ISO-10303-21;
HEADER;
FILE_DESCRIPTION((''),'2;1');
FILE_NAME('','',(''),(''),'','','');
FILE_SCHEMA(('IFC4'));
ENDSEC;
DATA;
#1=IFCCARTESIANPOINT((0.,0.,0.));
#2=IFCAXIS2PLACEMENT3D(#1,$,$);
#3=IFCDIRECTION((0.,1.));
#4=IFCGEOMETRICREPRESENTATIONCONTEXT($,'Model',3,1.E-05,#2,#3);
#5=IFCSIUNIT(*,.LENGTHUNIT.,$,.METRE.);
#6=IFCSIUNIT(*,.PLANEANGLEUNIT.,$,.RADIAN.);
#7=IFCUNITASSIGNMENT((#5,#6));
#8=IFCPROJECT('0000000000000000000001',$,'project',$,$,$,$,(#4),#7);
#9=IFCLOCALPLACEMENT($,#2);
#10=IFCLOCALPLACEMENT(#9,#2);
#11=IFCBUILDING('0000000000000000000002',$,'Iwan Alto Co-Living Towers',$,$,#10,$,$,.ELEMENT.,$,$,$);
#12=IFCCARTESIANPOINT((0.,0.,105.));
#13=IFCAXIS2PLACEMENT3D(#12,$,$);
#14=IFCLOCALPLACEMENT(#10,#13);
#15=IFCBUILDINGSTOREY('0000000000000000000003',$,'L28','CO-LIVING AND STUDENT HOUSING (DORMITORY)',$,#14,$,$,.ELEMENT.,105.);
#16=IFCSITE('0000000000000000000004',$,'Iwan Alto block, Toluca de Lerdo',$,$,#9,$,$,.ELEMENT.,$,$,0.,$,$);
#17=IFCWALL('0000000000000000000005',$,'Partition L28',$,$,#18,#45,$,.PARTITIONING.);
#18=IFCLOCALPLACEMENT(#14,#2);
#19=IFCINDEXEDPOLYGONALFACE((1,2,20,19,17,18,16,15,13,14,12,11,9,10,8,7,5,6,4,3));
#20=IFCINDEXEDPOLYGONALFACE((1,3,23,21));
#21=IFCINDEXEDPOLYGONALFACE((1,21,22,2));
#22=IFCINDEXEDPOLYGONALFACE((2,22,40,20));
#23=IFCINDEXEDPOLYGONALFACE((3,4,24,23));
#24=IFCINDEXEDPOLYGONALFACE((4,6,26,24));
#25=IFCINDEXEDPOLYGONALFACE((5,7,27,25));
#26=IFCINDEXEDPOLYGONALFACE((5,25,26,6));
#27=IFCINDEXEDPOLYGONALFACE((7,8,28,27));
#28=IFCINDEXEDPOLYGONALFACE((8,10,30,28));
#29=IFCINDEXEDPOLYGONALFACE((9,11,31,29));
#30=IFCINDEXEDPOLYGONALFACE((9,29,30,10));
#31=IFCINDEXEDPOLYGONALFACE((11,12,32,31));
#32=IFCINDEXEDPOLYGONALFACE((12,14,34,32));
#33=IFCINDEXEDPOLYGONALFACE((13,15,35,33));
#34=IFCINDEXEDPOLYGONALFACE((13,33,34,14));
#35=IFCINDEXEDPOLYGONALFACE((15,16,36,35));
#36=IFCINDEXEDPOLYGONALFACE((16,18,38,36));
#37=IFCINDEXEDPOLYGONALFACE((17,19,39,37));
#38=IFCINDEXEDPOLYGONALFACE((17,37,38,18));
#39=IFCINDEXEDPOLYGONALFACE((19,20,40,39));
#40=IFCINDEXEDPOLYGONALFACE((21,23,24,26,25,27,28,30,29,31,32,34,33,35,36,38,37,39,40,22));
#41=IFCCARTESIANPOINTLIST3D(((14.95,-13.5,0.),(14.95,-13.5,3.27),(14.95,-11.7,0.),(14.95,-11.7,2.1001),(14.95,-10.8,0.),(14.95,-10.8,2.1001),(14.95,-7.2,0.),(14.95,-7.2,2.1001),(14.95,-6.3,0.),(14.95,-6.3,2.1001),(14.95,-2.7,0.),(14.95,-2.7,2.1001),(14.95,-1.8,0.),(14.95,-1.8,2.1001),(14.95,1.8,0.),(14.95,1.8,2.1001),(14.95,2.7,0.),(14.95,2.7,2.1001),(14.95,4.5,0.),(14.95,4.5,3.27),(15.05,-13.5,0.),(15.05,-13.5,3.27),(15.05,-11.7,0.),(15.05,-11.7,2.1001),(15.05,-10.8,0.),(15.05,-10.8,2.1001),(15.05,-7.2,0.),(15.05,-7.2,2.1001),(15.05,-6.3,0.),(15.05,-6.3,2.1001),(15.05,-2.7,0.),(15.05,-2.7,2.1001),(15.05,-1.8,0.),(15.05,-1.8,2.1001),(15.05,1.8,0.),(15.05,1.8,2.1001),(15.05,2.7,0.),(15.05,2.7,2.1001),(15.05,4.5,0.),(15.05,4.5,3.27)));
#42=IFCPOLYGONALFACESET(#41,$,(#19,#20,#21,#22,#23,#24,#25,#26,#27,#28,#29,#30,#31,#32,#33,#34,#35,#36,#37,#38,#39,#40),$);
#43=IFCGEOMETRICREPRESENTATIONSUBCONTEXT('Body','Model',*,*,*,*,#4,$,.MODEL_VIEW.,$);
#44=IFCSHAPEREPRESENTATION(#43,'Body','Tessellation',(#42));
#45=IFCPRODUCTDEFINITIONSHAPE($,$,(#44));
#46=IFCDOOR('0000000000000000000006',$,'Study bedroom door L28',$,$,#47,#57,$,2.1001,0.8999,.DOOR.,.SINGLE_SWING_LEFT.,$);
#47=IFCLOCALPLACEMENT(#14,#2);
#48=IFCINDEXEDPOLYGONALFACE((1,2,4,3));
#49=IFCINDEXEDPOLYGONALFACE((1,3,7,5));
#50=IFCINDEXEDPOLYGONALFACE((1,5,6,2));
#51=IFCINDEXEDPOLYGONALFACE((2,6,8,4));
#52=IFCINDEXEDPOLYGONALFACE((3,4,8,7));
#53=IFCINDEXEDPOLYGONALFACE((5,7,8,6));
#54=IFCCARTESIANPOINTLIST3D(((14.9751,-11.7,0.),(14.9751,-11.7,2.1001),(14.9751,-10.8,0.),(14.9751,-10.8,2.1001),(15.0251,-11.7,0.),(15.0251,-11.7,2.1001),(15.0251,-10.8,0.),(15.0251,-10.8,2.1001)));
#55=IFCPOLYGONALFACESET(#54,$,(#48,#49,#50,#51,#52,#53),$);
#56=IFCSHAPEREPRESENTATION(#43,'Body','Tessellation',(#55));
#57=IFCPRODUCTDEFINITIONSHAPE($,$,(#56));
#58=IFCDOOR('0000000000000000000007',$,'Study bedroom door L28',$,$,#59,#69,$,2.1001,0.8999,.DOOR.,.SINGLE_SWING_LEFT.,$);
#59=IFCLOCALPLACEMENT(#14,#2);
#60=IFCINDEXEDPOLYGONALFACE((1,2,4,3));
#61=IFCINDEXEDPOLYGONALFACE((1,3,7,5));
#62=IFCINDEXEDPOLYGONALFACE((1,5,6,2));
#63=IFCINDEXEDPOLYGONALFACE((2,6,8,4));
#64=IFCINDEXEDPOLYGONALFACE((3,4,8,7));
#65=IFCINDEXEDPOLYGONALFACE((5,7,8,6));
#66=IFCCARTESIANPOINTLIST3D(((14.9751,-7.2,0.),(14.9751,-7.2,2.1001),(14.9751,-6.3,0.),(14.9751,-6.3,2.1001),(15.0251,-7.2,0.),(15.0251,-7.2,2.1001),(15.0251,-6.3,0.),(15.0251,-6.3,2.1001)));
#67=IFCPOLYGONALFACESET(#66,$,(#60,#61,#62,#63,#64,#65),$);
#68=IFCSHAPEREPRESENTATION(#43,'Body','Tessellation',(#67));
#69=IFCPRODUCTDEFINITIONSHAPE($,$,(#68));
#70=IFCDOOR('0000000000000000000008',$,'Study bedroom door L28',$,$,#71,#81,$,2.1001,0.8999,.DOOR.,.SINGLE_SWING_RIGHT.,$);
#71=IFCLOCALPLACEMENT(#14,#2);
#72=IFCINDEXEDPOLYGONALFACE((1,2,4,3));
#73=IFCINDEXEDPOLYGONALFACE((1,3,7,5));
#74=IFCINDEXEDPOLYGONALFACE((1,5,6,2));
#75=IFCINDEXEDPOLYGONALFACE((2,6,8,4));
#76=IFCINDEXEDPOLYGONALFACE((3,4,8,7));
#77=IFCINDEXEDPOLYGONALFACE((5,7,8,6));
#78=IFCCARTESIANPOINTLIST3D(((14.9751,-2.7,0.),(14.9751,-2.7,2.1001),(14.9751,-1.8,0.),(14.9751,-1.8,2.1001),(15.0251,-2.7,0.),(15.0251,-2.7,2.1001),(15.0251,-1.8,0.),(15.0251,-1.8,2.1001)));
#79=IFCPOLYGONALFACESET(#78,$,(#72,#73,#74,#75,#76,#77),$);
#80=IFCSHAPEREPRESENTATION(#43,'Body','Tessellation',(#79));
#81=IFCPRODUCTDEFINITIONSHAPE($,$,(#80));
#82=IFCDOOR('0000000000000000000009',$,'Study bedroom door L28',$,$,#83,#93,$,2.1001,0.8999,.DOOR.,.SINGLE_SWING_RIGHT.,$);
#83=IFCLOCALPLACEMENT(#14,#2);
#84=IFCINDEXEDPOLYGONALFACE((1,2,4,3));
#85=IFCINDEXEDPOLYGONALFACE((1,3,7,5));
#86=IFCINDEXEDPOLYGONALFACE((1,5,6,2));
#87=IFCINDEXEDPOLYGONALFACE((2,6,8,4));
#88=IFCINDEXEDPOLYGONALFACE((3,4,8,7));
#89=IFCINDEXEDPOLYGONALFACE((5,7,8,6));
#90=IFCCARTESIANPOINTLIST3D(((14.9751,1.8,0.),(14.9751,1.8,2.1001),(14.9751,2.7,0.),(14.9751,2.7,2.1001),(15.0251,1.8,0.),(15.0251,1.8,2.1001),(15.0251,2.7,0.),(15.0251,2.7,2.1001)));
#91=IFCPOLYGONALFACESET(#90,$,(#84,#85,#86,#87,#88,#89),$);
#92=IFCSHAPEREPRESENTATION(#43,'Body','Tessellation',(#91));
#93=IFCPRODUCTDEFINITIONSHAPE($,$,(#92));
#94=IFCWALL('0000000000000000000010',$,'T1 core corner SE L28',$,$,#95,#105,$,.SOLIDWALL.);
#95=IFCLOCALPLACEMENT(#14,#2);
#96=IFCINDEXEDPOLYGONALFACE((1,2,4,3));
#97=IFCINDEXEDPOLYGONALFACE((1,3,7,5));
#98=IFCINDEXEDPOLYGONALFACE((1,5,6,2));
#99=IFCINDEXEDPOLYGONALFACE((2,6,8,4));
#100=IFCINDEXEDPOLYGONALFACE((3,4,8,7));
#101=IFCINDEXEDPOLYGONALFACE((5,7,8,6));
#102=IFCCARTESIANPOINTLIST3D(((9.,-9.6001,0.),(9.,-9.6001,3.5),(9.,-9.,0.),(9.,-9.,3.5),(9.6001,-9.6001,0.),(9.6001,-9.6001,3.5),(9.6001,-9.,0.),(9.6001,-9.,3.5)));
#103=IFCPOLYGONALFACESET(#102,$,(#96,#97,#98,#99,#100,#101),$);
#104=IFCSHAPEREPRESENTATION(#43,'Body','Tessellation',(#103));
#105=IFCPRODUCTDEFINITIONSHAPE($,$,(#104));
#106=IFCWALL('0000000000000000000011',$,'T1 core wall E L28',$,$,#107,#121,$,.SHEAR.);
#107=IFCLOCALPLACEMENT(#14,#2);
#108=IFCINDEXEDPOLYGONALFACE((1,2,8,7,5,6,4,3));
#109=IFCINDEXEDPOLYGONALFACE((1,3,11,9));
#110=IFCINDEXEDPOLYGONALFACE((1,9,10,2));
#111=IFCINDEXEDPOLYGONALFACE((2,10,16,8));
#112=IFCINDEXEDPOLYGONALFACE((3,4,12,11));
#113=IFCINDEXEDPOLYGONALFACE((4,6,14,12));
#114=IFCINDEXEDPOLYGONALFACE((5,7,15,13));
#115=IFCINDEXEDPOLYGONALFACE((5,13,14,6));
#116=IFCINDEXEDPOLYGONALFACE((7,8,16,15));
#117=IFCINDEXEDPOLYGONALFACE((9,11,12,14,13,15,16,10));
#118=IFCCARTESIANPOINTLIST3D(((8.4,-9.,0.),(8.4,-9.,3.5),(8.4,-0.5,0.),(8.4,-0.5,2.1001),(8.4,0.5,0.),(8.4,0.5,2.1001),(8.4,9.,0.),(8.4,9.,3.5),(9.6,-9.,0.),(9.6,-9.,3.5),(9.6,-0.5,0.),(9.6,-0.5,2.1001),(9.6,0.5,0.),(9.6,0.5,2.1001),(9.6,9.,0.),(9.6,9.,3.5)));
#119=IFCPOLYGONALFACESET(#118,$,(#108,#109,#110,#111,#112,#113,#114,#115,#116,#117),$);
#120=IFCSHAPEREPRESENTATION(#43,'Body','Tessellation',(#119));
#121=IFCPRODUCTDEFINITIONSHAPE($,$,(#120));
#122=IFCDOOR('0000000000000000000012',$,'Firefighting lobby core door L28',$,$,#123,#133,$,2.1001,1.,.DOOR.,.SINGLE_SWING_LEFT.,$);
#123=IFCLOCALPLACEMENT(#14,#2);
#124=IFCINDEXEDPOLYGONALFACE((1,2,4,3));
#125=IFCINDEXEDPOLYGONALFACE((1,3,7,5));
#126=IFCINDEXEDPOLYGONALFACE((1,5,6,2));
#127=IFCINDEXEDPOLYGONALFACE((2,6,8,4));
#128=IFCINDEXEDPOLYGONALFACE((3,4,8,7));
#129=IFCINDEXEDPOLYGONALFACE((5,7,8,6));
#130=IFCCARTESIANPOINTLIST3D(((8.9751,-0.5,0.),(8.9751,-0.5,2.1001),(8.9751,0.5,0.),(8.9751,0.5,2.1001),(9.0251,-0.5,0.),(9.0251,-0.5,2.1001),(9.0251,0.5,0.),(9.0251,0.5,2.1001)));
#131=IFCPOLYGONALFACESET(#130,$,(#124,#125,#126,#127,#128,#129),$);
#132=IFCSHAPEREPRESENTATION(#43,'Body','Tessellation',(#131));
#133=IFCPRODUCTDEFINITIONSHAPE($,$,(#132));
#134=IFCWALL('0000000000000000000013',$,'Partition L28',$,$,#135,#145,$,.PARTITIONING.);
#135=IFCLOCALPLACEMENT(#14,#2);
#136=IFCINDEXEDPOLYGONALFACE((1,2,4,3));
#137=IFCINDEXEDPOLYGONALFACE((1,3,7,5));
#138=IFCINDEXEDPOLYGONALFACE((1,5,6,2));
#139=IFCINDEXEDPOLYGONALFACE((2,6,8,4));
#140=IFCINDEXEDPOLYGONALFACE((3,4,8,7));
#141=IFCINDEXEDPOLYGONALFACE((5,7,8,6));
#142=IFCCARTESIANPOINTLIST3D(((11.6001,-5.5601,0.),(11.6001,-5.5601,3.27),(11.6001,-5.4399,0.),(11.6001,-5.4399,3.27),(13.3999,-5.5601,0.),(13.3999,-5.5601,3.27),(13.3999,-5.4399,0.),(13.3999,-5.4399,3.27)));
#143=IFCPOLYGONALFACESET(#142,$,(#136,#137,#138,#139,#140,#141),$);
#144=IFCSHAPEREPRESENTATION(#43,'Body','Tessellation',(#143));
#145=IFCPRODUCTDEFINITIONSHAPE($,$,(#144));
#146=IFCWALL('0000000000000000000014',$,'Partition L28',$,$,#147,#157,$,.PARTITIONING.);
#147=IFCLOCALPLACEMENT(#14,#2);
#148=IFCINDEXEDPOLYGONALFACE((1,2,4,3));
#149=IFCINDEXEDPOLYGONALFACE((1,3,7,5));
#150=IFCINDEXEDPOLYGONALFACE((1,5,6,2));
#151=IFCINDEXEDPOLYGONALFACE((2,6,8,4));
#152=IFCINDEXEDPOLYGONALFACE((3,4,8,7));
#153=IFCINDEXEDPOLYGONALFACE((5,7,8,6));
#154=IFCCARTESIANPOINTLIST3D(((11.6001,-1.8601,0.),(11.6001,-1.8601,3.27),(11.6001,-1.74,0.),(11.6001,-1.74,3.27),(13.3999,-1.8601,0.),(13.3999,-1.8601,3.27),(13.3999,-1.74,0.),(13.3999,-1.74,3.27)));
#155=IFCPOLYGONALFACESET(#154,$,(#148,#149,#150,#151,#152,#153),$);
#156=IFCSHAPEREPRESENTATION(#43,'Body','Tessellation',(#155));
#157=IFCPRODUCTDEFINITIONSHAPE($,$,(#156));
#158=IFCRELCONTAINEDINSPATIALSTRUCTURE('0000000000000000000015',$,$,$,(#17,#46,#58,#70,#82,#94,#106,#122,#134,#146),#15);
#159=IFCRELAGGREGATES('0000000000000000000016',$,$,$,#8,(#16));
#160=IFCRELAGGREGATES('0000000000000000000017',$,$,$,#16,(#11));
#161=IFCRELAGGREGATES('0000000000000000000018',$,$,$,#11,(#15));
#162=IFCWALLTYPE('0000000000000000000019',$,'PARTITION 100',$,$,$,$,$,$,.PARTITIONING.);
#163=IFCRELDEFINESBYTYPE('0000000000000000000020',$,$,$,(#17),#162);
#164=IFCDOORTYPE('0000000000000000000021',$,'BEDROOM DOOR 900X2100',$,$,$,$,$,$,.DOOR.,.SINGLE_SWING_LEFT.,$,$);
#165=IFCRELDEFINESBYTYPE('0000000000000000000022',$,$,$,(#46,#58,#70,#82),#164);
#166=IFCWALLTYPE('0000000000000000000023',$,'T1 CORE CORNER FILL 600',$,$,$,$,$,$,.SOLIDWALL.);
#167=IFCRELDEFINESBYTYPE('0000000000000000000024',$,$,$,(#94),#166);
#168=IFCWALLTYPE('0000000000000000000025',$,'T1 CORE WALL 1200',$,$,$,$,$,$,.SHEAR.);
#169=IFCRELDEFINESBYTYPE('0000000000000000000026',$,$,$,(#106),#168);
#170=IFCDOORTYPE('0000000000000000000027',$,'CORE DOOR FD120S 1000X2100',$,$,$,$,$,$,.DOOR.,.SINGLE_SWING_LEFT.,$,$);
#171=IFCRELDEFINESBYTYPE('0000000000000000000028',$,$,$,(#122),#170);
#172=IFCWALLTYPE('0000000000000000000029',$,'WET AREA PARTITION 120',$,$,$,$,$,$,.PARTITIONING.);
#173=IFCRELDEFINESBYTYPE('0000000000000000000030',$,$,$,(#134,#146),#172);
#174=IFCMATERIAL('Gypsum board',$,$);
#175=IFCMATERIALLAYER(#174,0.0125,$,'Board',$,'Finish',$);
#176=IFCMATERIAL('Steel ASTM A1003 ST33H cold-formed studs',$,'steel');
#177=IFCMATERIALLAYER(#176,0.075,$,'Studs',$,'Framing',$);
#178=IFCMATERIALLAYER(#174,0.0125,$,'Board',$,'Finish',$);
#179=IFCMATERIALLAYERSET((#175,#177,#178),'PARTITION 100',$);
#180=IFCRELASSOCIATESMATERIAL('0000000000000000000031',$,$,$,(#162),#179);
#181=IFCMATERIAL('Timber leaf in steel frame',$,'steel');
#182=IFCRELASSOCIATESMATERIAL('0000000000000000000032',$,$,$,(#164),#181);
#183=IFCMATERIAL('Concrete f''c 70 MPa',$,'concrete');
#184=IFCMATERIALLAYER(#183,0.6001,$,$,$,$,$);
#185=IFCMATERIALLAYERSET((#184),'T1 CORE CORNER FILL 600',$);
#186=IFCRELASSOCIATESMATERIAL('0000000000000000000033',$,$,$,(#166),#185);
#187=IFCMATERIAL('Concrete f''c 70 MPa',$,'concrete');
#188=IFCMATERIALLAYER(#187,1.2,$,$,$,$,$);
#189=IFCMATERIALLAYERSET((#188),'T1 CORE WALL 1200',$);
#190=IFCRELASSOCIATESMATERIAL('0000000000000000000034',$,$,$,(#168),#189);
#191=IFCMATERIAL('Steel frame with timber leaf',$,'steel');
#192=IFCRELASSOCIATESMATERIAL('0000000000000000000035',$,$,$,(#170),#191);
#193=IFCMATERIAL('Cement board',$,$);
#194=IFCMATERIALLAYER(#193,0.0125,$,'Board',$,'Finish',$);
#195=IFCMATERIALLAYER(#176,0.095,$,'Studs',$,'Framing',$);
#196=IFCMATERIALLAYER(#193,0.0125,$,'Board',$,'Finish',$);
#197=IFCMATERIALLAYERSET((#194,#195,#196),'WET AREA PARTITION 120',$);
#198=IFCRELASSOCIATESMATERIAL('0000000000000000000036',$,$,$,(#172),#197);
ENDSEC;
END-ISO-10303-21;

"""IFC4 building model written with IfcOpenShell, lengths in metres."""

from ifc_helpers import new_model, si_unit, direction, frame, frame_2d, origin, place, context, subcontext, project, spatial, rectangle, extrude, material, layer, layer_set, type_object, element, fill, save


model = new_model("IFC4")

# Units and contexts
model_context = context("Model", 3, precision=1e-05, world=origin(), true_north=direction((0.0, 1.0)))
body_context = subcontext(model_context, "Body", "Model", "MODEL_VIEW")
ifc_project = project(units=[si_unit("LENGTHUNIT", "METRE"), si_unit("PLANEANGLEUNIT", "RADIAN")], contexts=[model_context])

# Site, building, storey
site_placement = place(None, origin())
site = spatial("IfcSite", under=ifc_project, at=site_placement, Name="Iwan Alto block, Toluca de Lerdo", CompositionType="ELEMENT", RefElevation=0.0)
building_placement = place(site_placement, origin())
building = spatial("IfcBuilding", under=site, at=building_placement, Name="Iwan Alto Co-Living Towers", CompositionType="ELEMENT")
storey_placement = place(building_placement, frame((0.0, 0.0, 105.0)))
storey = spatial("IfcBuildingStorey", under=building, at=storey_placement, Name="L28", Description="CO-LIVING AND STUDENT HOUSING (DORMITORY)", CompositionType="ELEMENT", Elevation=105.0)

# Shared definitions
ifc_material_1 = material(Name="Gypsum board")
ifc_material_2 = material(Name="Steel ASTM A1003 ST33H cold-formed studs", Category="steel")

# Shared definitions
ifc_layer_1 = layer(ifc_material_1, 0.0125, Name="Board", Category="Finish")
ifc_layer_2 = layer(ifc_material_2, 0.075, Name="Studs", Category="Framing")
ifc_layer_3 = layer(ifc_material_1, 0.0125, Name="Board", Category="Finish")
ifc_layer_set_1 = layer_set([ifc_layer_1, ifc_layer_2, ifc_layer_3], Name="PARTITION 100")
wall_type_1 = type_object("IfcWallType", Name="PARTITION 100", PredefinedType="PARTITIONING", material=ifc_layer_set_1)

# Wall, openings, doors
wall_1_placement = place(storey_placement, frame((15.0, -13.5, 0.0), z_axis=(0.0, 0.0, 1.0), x_axis=(0.0, 1.0, 0.0)))
wall_1 = element("IfcWall", 1, at=wall_1_placement, inside=storey, type_object=wall_type_1, Name="Partition L28", PredefinedType="PARTITIONING", context=body_context, shape_type="SweptSolid", body=[
    extrude(rectangle(XDim=18.0, YDim=0.1001, at=frame_2d((9.0, 0.0))), origin(), (0.0, 0.0, 1.0), 3.27),
])
opening_1_placement = place(wall_1_placement, frame((1.8, 0.0, 0.0)))
opening_1 = element("IfcOpeningElement", 2, at=opening_1_placement, cuts=wall_1, PredefinedType="OPENING", context=body_context, shape_type="SweptSolid", body=[
    extrude(rectangle(XDim=0.8999, YDim=2.1001, at=frame_2d((0.45, 1.05))), frame((0.0, 0.0601, 0.0), z_axis=(0.0, -1.0, 0.0), x_axis=(1.0, 0.0, 0.0)), (0.0, 0.0, 1.0), 0.1201),
])
opening_2_placement = place(wall_1_placement, frame((6.3, 0.0, 0.0)))
opening_2 = element("IfcOpeningElement", 3, at=opening_2_placement, cuts=wall_1, PredefinedType="OPENING", context=body_context, shape_type="SweptSolid", body=[
    extrude(rectangle(XDim=0.8999, YDim=2.1001, at=frame_2d((0.45, 1.05))), frame((0.0, 0.0601, 0.0), z_axis=(0.0, -1.0, 0.0), x_axis=(1.0, 0.0, 0.0)), (0.0, 0.0, 1.0), 0.1201),
])
opening_3_placement = place(wall_1_placement, frame((10.8, 0.0, 0.0)))
opening_3 = element("IfcOpeningElement", 4, at=opening_3_placement, cuts=wall_1, PredefinedType="OPENING", context=body_context, shape_type="SweptSolid", body=[
    extrude(rectangle(XDim=0.8999, YDim=2.1001, at=frame_2d((0.45, 1.05))), frame((0.0, 0.0601, 0.0), z_axis=(0.0, -1.0, 0.0), x_axis=(1.0, 0.0, 0.0)), (0.0, 0.0, 1.0), 0.1201),
])
opening_4_placement = place(wall_1_placement, frame((15.3, 0.0, 0.0)))
opening_4 = element("IfcOpeningElement", 5, at=opening_4_placement, cuts=wall_1, PredefinedType="OPENING", context=body_context, shape_type="SweptSolid", body=[
    extrude(rectangle(XDim=0.8999, YDim=2.1001, at=frame_2d((0.45, 1.05))), frame((0.0, 0.0601, 0.0), z_axis=(0.0, -1.0, 0.0), x_axis=(1.0, 0.0, 0.0)), (0.0, 0.0, 1.0), 0.1201),
])
ifc_material_3 = material(Name="Timber leaf in steel frame", Category="steel")
door_type_1 = type_object("IfcDoorType", Name="BEDROOM DOOR 900X2100", OperationType="SINGLE_SWING_LEFT", PredefinedType="DOOR", material=ifc_material_3)
door_1_placement = place(opening_1_placement, origin())
door_1 = element("IfcDoor", 6, at=door_1_placement, inside=storey, type_object=door_type_1, Name="Study bedroom door L28", OperationType="SINGLE_SWING_LEFT", OverallHeight=2.1001, OverallWidth=0.8999, PredefinedType="DOOR", context=body_context, shape_type="SweptSolid", body=[
    extrude(rectangle(XDim=0.8999, YDim=2.1001, at=frame_2d((0.45, 1.05))), frame((0.0, 0.0249, 0.0), z_axis=(0.0, -1.0, 0.0), x_axis=(1.0, 0.0, 0.0)), (0.0, 0.0, 1.0), 0.05),
])
fill(opening_1, door_1)
door_2_placement = place(opening_2_placement, origin())
door_2 = element("IfcDoor", 7, at=door_2_placement, inside=storey, type_object=door_type_1, Name="Study bedroom door L28", OperationType="SINGLE_SWING_LEFT", OverallHeight=2.1001, OverallWidth=0.8999, PredefinedType="DOOR", context=body_context, shape_type="SweptSolid", body=[
    extrude(rectangle(XDim=0.8999, YDim=2.1001, at=frame_2d((0.45, 1.05))), frame((0.0, 0.0249, 0.0), z_axis=(0.0, -1.0, 0.0), x_axis=(1.0, 0.0, 0.0)), (0.0, 0.0, 1.0), 0.05),
])
fill(opening_2, door_2)
door_3_placement = place(opening_3_placement, origin())
door_3 = element("IfcDoor", 8, at=door_3_placement, inside=storey, type_object=door_type_1, Name="Study bedroom door L28", OperationType="SINGLE_SWING_RIGHT", OverallHeight=2.1001, OverallWidth=0.8999, PredefinedType="DOOR", context=body_context, shape_type="SweptSolid", body=[
    extrude(rectangle(XDim=0.8999, YDim=2.1001, at=frame_2d((0.45, 1.05))), frame((0.0, 0.0249, 0.0), z_axis=(0.0, -1.0, 0.0), x_axis=(1.0, 0.0, 0.0)), (0.0, 0.0, 1.0), 0.05),
])
fill(opening_3, door_3)
door_4_placement = place(opening_4_placement, origin())
door_4 = element("IfcDoor", 9, at=door_4_placement, inside=storey, type_object=door_type_1, Name="Study bedroom door L28", OperationType="SINGLE_SWING_RIGHT", OverallHeight=2.1001, OverallWidth=0.8999, PredefinedType="DOOR", context=body_context, shape_type="SweptSolid", body=[
    extrude(rectangle(XDim=0.8999, YDim=2.1001, at=frame_2d((0.45, 1.05))), frame((0.0, 0.0249, 0.0), z_axis=(0.0, -1.0, 0.0), x_axis=(1.0, 0.0, 0.0)), (0.0, 0.0, 1.0), 0.05),
])
fill(opening_4, door_4)

# Wall
ifc_material_4 = material(Name="Concrete f'c 70 MPa", Category="concrete")
ifc_layer_4 = layer(ifc_material_4, 0.6001)
ifc_layer_set_2 = layer_set([ifc_layer_4], Name="T1 CORE CORNER FILL 600")
wall_type_2 = type_object("IfcWallType", Name="T1 CORE CORNER FILL 600", PredefinedType="SOLIDWALL", material=ifc_layer_set_2)
wall_2_placement = place(storey_placement, frame((9.0, -9.3, 0.0), z_axis=(0.0, 0.0, 1.0), x_axis=(1.0, 0.0, 0.0)))
element("IfcWall", 10, at=wall_2_placement, inside=storey, type_object=wall_type_2, Name="T1 core corner SE L28", PredefinedType="SOLIDWALL", context=body_context, shape_type="SweptSolid", body=[
    extrude(rectangle(XDim=0.6001, YDim=0.6001, at=frame_2d((0.3, 0.0))), origin(), (0.0, 0.0, 1.0), 3.5),
])

# Wall, opening, door
ifc_material_5 = material(Name="Concrete f'c 70 MPa", Category="concrete")
ifc_layer_5 = layer(ifc_material_5, 1.2)
ifc_layer_set_3 = layer_set([ifc_layer_5], Name="T1 CORE WALL 1200")
wall_type_3 = type_object("IfcWallType", Name="T1 CORE WALL 1200", PredefinedType="SHEAR", material=ifc_layer_set_3)
wall_3_placement = place(storey_placement, frame((9.0, -9.0, 0.0), z_axis=(0.0, 0.0, 1.0), x_axis=(0.0, 1.0, 0.0)))
wall_3 = element("IfcWall", 11, at=wall_3_placement, inside=storey, type_object=wall_type_3, Name="T1 core wall E L28", PredefinedType="SHEAR", context=body_context, shape_type="SweptSolid", body=[
    extrude(rectangle(XDim=18.0, YDim=1.2, at=frame_2d((9.0, 0.0))), origin(), (0.0, 0.0, 1.0), 3.5),
])
opening_5_placement = place(wall_3_placement, frame((8.5, 0.0, 0.0)))
opening_5 = element("IfcOpeningElement", 12, at=opening_5_placement, cuts=wall_3, PredefinedType="OPENING", context=body_context, shape_type="SweptSolid", body=[
    extrude(rectangle(XDim=1.0, YDim=2.1001, at=frame_2d((0.5, 1.05))), frame((0.0, 0.6099, 0.0), z_axis=(0.0, -1.0, 0.0), x_axis=(1.0, 0.0, 0.0)), (0.0, 0.0, 1.0), 1.22),
])
ifc_material_6 = material(Name="Steel frame with timber leaf", Category="steel")
door_type_2 = type_object("IfcDoorType", Name="CORE DOOR FD120S 1000X2100", OperationType="SINGLE_SWING_LEFT", PredefinedType="DOOR", material=ifc_material_6)
door_5_placement = place(opening_5_placement, origin())
door_5 = element("IfcDoor", 13, at=door_5_placement, inside=storey, type_object=door_type_2, Name="Firefighting lobby core door L28", OperationType="SINGLE_SWING_LEFT", OverallHeight=2.1001, OverallWidth=1.0, PredefinedType="DOOR", context=body_context, shape_type="SweptSolid", body=[
    extrude(rectangle(XDim=1.0, YDim=2.1001, at=frame_2d((0.5, 1.05))), frame((0.0, 0.0249, 0.0), z_axis=(0.0, -1.0, 0.0), x_axis=(1.0, 0.0, 0.0)), (0.0, 0.0, 1.0), 0.05),
])
fill(opening_5, door_5)

# Walls
ifc_material_7 = material(Name="Cement board")
ifc_layer_6 = layer(ifc_material_7, 0.0125, Name="Board", Category="Finish")
ifc_layer_7 = layer(ifc_material_2, 0.095, Name="Studs", Category="Framing")
ifc_layer_8 = layer(ifc_material_7, 0.0125, Name="Board", Category="Finish")
ifc_layer_set_4 = layer_set([ifc_layer_6, ifc_layer_7, ifc_layer_8], Name="WET AREA PARTITION 120")
wall_type_4 = type_object("IfcWallType", Name="WET AREA PARTITION 120", PredefinedType="PARTITIONING", material=ifc_layer_set_4)
for number, where, z_axis, x_axis, name in (
    (14, (11.6001, -5.5, 0.0), (0.0, 0.0, 1.0), (1.0, 0.0, 0.0), "Partition L28"),
    (15, (11.6001, -1.8, 0.0), (0.0, 0.0, 1.0), (1.0, 0.0, 0.0), "Partition L28"),
):
    element("IfcWall", number, at=place(storey_placement, frame(where, z_axis=z_axis, x_axis=x_axis)), inside=storey, type_object=wall_type_4, Name=name, PredefinedType="PARTITIONING", context=body_context, shape_type="SweptSolid", body=[
        extrude(rectangle(XDim=1.7998, YDim=0.1201, at=frame_2d((0.8999, 0.0))), origin(), (0.0, 0.0, 1.0), 3.27),
    ])

save(model, "model.ifc")
